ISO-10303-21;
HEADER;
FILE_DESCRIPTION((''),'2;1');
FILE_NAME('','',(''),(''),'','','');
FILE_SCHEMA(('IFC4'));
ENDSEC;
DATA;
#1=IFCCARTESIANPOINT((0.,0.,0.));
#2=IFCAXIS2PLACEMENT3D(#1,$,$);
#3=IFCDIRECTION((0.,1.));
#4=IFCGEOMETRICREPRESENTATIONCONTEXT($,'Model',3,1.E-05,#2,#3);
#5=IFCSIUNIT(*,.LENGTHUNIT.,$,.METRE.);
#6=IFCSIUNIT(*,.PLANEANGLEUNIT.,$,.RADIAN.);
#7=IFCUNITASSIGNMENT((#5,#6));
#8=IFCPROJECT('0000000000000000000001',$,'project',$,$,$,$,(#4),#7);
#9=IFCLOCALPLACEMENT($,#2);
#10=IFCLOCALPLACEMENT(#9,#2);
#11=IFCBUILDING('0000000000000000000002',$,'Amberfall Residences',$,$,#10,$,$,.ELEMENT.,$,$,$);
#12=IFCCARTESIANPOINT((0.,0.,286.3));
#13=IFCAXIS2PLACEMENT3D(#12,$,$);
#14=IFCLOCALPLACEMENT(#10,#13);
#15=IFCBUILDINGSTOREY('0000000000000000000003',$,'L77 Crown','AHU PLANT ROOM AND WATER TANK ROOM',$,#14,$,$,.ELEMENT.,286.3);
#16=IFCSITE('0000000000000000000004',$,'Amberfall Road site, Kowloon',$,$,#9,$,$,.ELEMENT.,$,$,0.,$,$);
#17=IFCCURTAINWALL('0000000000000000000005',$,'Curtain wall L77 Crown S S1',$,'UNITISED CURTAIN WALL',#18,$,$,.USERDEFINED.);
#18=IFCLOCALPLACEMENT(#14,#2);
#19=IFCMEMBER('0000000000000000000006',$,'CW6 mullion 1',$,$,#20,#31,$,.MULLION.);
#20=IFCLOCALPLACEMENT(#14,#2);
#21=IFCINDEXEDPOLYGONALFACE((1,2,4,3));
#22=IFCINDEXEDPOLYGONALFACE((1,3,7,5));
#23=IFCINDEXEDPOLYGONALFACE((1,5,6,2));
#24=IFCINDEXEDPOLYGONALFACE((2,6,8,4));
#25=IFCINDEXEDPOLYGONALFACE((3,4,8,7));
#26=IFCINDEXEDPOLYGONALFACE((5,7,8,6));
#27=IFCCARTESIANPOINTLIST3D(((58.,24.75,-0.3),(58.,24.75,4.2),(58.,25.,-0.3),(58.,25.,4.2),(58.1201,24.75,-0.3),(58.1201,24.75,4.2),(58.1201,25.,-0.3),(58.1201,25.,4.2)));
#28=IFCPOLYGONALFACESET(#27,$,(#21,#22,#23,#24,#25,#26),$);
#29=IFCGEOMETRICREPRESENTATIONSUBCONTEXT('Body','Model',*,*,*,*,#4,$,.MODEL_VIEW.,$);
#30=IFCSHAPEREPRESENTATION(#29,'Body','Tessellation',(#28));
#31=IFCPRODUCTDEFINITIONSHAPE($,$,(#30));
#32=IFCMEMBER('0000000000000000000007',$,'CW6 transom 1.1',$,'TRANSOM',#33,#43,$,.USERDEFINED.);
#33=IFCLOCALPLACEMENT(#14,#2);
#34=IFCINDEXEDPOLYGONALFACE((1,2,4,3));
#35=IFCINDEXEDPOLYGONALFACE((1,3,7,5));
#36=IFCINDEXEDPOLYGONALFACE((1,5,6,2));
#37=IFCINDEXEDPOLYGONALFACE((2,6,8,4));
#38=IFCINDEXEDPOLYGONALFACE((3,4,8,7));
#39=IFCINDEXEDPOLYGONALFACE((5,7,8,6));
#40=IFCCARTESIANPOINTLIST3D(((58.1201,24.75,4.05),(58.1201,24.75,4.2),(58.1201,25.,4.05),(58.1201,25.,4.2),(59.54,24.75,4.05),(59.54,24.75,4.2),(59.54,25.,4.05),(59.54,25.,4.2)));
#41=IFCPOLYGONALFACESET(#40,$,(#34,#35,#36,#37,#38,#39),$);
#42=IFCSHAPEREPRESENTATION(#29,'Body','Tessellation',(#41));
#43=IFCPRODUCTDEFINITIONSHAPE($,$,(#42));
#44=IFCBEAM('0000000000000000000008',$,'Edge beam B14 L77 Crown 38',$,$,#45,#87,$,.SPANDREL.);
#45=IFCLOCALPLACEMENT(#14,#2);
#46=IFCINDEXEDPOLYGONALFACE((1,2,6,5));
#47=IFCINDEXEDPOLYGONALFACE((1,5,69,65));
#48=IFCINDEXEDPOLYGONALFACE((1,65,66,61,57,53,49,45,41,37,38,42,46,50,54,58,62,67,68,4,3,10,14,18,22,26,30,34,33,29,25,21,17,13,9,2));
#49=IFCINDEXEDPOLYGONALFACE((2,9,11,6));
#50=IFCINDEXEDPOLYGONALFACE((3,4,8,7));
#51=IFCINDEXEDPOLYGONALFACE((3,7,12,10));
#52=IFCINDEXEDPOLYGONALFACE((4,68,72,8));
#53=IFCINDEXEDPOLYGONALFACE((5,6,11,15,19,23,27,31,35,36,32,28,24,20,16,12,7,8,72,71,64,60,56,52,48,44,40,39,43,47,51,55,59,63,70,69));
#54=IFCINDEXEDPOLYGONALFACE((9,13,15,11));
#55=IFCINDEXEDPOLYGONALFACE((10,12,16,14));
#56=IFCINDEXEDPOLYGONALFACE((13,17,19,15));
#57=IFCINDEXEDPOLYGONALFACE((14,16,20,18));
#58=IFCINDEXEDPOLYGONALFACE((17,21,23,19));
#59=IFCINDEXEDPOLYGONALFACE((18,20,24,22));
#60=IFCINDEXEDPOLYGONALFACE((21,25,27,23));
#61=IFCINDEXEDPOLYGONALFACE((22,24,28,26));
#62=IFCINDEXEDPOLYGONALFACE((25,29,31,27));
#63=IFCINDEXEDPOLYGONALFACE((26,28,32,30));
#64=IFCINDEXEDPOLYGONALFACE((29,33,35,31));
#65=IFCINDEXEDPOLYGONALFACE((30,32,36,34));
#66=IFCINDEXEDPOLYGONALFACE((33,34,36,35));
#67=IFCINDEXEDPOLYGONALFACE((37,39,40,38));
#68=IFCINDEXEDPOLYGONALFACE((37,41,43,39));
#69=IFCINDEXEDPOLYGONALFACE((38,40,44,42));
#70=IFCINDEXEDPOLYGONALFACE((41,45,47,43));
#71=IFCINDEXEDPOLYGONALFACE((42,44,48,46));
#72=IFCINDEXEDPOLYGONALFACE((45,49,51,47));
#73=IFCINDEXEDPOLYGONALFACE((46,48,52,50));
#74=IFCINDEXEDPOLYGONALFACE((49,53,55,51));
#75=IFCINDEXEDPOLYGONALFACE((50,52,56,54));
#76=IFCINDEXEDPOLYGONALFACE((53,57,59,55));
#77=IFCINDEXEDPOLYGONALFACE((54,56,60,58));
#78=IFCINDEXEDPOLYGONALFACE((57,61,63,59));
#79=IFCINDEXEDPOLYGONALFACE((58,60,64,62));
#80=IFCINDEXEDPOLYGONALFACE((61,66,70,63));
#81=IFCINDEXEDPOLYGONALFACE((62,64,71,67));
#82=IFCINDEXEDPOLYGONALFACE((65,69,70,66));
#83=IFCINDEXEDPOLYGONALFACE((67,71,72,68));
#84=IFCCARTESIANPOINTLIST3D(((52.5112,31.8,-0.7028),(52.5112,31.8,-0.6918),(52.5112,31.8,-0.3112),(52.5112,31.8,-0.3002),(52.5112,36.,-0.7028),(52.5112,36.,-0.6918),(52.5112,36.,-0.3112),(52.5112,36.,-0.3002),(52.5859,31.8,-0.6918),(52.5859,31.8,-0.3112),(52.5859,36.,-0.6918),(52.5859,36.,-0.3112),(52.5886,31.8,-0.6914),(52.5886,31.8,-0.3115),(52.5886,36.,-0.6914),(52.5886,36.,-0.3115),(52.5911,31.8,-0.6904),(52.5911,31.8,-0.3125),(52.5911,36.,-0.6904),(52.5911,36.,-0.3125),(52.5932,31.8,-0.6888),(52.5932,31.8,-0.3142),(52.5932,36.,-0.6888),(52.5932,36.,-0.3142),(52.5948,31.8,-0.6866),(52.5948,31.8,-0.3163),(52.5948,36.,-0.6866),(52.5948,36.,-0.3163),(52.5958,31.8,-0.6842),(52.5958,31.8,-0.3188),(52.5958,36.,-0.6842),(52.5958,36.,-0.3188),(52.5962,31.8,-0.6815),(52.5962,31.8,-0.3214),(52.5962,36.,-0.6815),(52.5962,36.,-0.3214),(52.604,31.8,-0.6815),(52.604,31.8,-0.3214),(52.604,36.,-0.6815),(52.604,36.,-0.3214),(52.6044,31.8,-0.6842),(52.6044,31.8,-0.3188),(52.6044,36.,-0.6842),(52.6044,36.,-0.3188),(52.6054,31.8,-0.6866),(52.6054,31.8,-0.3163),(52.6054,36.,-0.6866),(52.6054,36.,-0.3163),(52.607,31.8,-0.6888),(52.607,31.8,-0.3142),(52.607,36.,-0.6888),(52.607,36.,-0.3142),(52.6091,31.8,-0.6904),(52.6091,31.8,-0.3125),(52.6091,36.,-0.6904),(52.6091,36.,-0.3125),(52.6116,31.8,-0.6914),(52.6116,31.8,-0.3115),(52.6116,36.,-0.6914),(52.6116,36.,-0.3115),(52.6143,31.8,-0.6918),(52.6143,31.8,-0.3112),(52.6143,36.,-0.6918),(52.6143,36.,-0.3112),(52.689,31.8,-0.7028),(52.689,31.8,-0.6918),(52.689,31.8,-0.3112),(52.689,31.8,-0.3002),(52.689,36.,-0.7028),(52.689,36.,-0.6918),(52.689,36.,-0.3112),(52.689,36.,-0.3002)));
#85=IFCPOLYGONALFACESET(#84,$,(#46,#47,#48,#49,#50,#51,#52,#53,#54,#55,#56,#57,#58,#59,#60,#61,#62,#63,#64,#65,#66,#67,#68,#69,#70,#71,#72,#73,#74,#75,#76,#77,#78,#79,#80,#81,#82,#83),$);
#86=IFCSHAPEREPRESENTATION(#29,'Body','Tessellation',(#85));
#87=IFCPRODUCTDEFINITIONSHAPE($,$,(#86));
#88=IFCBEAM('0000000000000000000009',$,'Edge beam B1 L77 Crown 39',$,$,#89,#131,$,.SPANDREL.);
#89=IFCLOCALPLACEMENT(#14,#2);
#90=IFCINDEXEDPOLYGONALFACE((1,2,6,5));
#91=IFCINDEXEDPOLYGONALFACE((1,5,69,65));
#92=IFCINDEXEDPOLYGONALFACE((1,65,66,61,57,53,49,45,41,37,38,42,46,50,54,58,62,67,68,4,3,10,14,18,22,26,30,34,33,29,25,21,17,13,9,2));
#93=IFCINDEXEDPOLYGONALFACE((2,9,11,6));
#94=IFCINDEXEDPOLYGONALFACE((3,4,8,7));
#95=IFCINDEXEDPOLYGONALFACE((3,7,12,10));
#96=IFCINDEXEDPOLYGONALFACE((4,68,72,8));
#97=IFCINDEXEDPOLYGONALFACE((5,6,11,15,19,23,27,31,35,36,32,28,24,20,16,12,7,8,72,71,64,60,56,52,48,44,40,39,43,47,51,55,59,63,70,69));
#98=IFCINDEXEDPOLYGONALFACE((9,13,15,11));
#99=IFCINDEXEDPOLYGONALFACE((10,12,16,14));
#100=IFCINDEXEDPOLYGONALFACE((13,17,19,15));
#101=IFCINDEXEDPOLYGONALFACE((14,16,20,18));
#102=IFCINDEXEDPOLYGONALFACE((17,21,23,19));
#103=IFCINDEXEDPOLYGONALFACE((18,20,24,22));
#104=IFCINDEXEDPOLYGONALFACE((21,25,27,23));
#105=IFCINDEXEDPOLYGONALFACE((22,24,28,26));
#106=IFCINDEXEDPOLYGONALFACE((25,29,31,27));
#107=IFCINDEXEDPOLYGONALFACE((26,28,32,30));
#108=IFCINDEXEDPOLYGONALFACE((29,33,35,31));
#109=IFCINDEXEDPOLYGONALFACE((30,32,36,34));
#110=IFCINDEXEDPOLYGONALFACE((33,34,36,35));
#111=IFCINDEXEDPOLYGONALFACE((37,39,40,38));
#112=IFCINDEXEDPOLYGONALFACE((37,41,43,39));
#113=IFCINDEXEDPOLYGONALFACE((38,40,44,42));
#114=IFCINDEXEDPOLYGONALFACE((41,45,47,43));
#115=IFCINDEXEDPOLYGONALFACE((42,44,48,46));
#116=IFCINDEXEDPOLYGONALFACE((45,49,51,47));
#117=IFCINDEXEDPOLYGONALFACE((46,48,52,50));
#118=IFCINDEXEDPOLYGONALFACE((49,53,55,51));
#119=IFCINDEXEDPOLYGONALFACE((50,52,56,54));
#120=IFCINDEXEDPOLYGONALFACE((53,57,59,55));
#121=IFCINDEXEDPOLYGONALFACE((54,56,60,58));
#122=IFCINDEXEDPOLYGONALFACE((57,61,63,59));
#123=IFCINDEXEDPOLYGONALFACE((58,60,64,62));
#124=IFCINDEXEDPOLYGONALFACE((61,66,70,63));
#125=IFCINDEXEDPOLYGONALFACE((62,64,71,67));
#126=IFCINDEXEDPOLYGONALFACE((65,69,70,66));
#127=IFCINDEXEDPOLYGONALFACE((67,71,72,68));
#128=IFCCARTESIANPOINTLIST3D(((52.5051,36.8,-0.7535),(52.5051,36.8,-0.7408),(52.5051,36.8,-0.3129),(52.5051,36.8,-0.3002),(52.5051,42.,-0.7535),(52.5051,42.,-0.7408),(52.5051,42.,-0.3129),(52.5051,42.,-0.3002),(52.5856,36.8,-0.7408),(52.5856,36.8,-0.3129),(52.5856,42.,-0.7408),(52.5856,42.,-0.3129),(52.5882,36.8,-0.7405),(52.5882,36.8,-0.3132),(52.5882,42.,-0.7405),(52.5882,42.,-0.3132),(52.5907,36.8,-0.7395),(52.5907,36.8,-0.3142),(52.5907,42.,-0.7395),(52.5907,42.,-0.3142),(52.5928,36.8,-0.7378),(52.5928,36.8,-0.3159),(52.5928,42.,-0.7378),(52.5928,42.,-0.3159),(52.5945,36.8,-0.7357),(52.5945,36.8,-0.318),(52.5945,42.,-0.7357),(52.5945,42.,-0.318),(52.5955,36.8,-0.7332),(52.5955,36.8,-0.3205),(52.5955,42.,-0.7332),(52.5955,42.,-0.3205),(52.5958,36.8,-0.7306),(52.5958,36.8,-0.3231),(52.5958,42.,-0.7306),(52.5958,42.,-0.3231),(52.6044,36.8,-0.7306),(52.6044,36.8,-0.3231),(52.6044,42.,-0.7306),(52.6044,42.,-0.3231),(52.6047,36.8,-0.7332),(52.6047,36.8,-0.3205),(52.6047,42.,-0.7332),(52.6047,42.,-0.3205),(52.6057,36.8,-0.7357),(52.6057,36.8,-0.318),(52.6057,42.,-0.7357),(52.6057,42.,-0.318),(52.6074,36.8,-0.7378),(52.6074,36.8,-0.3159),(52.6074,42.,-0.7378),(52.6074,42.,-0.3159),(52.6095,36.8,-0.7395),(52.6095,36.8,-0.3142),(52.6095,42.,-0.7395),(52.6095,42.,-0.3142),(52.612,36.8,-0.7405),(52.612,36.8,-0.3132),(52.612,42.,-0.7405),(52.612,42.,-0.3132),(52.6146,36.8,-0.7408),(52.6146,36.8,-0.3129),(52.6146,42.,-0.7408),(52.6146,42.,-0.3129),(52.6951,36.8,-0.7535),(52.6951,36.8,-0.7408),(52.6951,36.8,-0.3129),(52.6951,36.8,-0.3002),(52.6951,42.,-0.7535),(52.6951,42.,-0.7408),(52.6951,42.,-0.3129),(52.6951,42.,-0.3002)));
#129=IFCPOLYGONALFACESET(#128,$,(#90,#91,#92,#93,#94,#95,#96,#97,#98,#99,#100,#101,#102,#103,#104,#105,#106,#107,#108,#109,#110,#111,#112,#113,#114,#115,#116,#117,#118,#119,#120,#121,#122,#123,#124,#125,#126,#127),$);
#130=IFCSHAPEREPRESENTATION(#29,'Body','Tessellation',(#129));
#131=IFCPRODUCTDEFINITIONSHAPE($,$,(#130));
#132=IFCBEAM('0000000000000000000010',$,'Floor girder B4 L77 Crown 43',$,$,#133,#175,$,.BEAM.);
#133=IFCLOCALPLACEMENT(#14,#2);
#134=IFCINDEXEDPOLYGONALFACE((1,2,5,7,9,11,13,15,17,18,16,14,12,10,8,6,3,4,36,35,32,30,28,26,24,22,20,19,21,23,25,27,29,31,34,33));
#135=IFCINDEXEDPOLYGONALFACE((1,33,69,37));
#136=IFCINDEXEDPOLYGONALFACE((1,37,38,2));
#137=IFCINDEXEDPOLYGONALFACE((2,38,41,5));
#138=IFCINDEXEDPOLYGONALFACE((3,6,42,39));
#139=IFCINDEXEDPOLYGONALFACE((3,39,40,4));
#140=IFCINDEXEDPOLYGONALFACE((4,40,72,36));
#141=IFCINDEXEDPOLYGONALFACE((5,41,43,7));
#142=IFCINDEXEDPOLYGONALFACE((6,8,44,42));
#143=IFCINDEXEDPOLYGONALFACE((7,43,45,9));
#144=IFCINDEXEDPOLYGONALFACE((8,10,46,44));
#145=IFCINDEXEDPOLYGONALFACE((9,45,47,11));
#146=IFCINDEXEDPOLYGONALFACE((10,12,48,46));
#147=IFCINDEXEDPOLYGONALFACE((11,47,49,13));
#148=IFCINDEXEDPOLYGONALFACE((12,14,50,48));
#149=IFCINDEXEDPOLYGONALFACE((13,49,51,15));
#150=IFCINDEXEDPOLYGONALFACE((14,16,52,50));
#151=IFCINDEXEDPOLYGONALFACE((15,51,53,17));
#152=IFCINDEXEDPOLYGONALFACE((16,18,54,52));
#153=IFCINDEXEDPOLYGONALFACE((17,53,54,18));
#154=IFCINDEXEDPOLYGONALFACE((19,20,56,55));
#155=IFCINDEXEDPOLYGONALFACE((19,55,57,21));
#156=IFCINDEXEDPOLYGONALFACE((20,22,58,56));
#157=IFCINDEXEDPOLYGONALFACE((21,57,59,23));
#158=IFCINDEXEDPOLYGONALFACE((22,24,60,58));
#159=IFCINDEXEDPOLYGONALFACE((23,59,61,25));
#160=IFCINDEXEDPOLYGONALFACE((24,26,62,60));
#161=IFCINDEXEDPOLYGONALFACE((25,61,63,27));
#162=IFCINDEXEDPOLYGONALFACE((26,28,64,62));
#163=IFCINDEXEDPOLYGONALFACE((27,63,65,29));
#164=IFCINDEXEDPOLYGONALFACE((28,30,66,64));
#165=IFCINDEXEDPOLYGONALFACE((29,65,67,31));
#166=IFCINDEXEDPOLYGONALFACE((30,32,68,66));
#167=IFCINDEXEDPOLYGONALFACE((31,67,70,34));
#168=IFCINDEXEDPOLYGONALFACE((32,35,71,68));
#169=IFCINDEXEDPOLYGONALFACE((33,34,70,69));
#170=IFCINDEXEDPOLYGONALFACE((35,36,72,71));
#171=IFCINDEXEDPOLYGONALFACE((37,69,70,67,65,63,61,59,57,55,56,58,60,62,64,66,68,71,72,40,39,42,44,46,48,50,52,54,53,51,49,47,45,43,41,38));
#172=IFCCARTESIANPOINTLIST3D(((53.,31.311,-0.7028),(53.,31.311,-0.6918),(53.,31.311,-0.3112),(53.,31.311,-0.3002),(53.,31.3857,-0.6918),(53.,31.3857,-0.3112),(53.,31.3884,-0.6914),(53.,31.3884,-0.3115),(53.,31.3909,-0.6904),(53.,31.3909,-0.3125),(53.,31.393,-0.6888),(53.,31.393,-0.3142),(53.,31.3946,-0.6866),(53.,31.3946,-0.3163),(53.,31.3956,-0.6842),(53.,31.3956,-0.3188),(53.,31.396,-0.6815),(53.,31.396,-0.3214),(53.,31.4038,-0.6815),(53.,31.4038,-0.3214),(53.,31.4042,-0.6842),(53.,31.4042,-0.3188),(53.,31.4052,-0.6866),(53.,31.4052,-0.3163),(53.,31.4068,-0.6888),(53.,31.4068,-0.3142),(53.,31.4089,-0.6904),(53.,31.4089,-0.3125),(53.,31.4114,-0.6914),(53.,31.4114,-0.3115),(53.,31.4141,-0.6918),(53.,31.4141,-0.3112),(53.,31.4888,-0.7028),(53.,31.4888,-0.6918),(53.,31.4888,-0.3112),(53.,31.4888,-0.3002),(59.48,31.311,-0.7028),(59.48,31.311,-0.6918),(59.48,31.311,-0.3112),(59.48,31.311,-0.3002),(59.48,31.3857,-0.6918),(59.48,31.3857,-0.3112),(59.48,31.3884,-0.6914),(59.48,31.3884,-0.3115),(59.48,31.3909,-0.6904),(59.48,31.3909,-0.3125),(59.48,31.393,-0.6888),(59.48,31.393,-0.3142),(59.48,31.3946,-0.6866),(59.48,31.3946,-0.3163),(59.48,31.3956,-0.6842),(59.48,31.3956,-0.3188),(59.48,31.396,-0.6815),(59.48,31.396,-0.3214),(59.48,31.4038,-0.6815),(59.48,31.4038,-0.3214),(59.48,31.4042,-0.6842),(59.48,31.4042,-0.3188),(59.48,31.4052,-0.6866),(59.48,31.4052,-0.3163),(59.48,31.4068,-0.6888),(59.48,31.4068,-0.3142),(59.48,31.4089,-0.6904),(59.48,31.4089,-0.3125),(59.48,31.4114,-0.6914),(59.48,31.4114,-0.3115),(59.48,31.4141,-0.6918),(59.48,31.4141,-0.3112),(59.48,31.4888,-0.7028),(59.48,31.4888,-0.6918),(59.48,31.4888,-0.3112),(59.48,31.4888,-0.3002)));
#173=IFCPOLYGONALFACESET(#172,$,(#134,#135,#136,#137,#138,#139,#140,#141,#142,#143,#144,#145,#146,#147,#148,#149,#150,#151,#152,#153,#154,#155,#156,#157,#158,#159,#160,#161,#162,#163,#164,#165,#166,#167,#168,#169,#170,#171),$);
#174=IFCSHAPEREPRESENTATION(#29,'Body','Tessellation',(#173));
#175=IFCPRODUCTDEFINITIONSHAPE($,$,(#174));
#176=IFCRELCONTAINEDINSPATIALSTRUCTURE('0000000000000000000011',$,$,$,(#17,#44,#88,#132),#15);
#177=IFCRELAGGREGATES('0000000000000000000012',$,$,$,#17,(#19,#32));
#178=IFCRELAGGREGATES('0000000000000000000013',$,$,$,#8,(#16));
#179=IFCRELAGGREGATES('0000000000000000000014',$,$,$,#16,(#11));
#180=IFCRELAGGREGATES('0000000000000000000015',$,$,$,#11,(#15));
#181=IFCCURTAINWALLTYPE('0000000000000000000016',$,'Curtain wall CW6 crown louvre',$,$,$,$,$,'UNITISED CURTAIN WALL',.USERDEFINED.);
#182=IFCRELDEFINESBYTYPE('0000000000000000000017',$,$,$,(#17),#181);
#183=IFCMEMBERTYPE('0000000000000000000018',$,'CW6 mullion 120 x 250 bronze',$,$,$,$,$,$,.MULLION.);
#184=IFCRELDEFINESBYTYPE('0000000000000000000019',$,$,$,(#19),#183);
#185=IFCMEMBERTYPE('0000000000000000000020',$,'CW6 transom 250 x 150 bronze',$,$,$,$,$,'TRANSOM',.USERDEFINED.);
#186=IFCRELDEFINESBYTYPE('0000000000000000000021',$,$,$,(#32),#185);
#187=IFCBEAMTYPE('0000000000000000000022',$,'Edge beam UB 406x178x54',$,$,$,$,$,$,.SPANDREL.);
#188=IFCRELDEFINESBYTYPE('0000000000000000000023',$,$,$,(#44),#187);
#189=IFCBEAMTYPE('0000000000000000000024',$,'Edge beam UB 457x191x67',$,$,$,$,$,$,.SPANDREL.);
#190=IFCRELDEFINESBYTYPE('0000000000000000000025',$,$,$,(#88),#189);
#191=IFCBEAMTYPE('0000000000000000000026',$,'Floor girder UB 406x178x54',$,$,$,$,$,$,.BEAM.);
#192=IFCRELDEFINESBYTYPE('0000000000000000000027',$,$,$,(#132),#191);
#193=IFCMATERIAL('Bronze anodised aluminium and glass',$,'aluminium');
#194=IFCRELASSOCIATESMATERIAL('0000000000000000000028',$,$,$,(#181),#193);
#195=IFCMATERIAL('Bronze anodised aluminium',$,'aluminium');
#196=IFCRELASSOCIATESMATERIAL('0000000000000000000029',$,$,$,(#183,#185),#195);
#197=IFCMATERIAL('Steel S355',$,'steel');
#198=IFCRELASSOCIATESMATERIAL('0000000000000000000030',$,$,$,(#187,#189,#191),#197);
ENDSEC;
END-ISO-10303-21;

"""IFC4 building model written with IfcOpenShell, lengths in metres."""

from ifc_helpers import new_model, si_unit, direction, frame, origin, origin_2d, place, context, subcontext, project, spatial, rectangle, i_section, extrude, material, material_profile, profile_set, type_object, element, aggregate, save


model = new_model("IFC4")

# Units and contexts
model_context = context("Model", 3, precision=1e-05, world=origin(), true_north=direction((0.0, 1.0)))
body_context = subcontext(model_context, "Body", "Model", "MODEL_VIEW")
ifc_project = project(units=[si_unit("LENGTHUNIT", "METRE"), si_unit("PLANEANGLEUNIT", "RADIAN")], contexts=[model_context])

# Site, building, storey
site_placement = place(None, origin())
site = spatial("IfcSite", under=ifc_project, at=site_placement, Name="Amberfall Road site, Kowloon", CompositionType="ELEMENT", RefElevation=0.0)
building_placement = place(site_placement, origin())
building = spatial("IfcBuilding", under=site, at=building_placement, Name="Amberfall Residences", CompositionType="ELEMENT")
storey_placement = place(building_placement, frame((0.0, 0.0, 286.3)))
storey = spatial("IfcBuildingStorey", under=building, at=storey_placement, Name="L77 Crown", Description="AHU PLANT ROOM AND WATER TANK ROOM", CompositionType="ELEMENT", Elevation=286.3)

# Shared definitions
ifc_material_1 = material(Name="Steel S355", Category="steel")

# Curtain wall, members
ifc_material_2 = material(Name="Bronze anodised aluminium and glass", Category="aluminium")
curtain_wall_type = type_object("IfcCurtainWallType", Name="Curtain wall CW6 crown louvre", ElementType="UNITISED CURTAIN WALL", PredefinedType="USERDEFINED", material=ifc_material_2)
curtain_wall_placement = place(storey_placement, origin())
curtain_wall = element("IfcCurtainWall", 1, at=curtain_wall_placement, inside=storey, type_object=curtain_wall_type, Name="Curtain wall L77 Crown S S1", ObjectType="UNITISED CURTAIN WALL", PredefinedType="USERDEFINED")
ifc_material_3 = material(Name="Bronze anodised aluminium", Category="aluminium")
ifc_material_profile_1 = material_profile(ifc_material_3, rectangle(XDim=0.25, YDim=0.1201, at=origin_2d()), Name="CW6 mullion 120 x 250 bronze")
ifc_profile_set_1 = profile_set([ifc_material_profile_1], Name="Bronze anodised aluminium")
member_type_1 = type_object("IfcMemberType", Name="CW6 mullion 120 x 250 bronze", PredefinedType="MULLION", material=ifc_profile_set_1)
member_1_placement = place(storey_placement, frame((58.0601, 24.875, -0.3), z_axis=(0.0, 0.0, 1.0), x_axis=(0.0, 1.0, 0.0)))
member_1 = element("IfcMember", 2, at=member_1_placement, type_object=member_type_1, Name="CW6 mullion 1", PredefinedType="MULLION", context=body_context, shape_type="SweptSolid", body=[
    extrude(rectangle(XDim=0.25, YDim=0.1201, at=origin_2d()), origin(), (0.0, 0.0, 1.0), 4.5),
])
ifc_material_profile_2 = material_profile(ifc_material_3, rectangle(XDim=0.25, YDim=0.1499, at=origin_2d()), Name="CW6 transom 250 x 150 bronze")
ifc_profile_set_2 = profile_set([ifc_material_profile_2], Name="Bronze anodised aluminium")
member_type_2 = type_object("IfcMemberType", Name="CW6 transom 250 x 150 bronze", ElementType="TRANSOM", PredefinedType="USERDEFINED", material=ifc_profile_set_2)
member_2_placement = place(storey_placement, frame((58.1201, 24.875, 4.125), z_axis=(1.0, 0.0, 0.0), x_axis=(0.0, 1.0, 0.0)))
member_2 = element("IfcMember", 3, at=member_2_placement, type_object=member_type_2, Name="CW6 transom 1.1", ObjectType="TRANSOM", PredefinedType="USERDEFINED", context=body_context, shape_type="SweptSolid", body=[
    extrude(rectangle(XDim=0.25, YDim=0.1499, at=origin_2d()), origin(), (0.0, 0.0, 1.0), 1.4199),
])
aggregate(curtain_wall, [member_1, member_2])

# Beams
ifc_material_profile_3 = material_profile(ifc_material_1, i_section(OverallWidth=0.1777, OverallDepth=0.4026, WebThickness=0.0078, FlangeThickness=0.011, FilletRadius=0.0103, at=origin_2d()), Name="UB 406x178x54")
ifc_profile_set_3 = profile_set([ifc_material_profile_3], Name="Steel S355")
beam_type_1 = type_object("IfcBeamType", Name="Edge beam UB 406x178x54", PredefinedType="SPANDREL", material=ifc_profile_set_3)
beam_1_placement = place(storey_placement, frame((52.6001, 31.8, -0.5015), z_axis=(0.0, 1.0, 0.0), x_axis=(-1.0, 0.0, 0.0)))
element("IfcBeam", 4, at=beam_1_placement, inside=storey, type_object=beam_type_1, Name="Edge beam B14 L77 Crown 38", PredefinedType="SPANDREL", context=body_context, shape_type="SweptSolid", body=[
    extrude(i_section(OverallWidth=0.1777, OverallDepth=0.4026, WebThickness=0.0078, FlangeThickness=0.011, FilletRadius=0.0103, at=origin_2d()), origin(), (0.0, 0.0, 1.0), 4.2),
])
ifc_material_profile_4 = material_profile(ifc_material_1, i_section(OverallWidth=0.1899, OverallDepth=0.4534, WebThickness=0.0085, FlangeThickness=0.0127, FilletRadius=0.0103, at=origin_2d()), Name="UB 457x191x67")
ifc_profile_set_4 = profile_set([ifc_material_profile_4], Name="Steel S355")
beam_type_2 = type_object("IfcBeamType", Name="Edge beam UB 457x191x67", PredefinedType="SPANDREL", material=ifc_profile_set_4)
beam_2_placement = place(storey_placement, frame((52.6001, 36.8, -0.5269), z_axis=(0.0, 1.0, 0.0), x_axis=(-1.0, 0.0, 0.0)))
element("IfcBeam", 5, at=beam_2_placement, inside=storey, type_object=beam_type_2, Name="Edge beam B1 L77 Crown 39", PredefinedType="SPANDREL", context=body_context, shape_type="SweptSolid", body=[
    extrude(i_section(OverallWidth=0.1899, OverallDepth=0.4534, WebThickness=0.0085, FlangeThickness=0.0127, FilletRadius=0.0103, at=origin_2d()), origin(), (0.0, 0.0, 1.0), 5.2),
])
ifc_material_profile_5 = material_profile(ifc_material_1, i_section(OverallWidth=0.1777, OverallDepth=0.4026, WebThickness=0.0078, FlangeThickness=0.011, FilletRadius=0.0103, at=origin_2d()), Name="UB 406x178x54")
ifc_profile_set_5 = profile_set([ifc_material_profile_5], Name="Steel S355")
beam_type_3 = type_object("IfcBeamType", Name="Floor girder UB 406x178x54", PredefinedType="BEAM", material=ifc_profile_set_5)
beam_3_placement = place(storey_placement, frame((53.0, 31.3999, -0.5015), z_axis=(1.0, 0.0, 0.0), x_axis=(0.0, 1.0, 0.0)))
element("IfcBeam", 6, at=beam_3_placement, inside=storey, type_object=beam_type_3, Name="Floor girder B4 L77 Crown 43", PredefinedType="BEAM", context=body_context, shape_type="SweptSolid", body=[
    extrude(i_section(OverallWidth=0.1777, OverallDepth=0.4026, WebThickness=0.0078, FlangeThickness=0.011, FilletRadius=0.0103, at=origin_2d()), origin(), (0.0, 0.0, 1.0), 6.48),
])

save(model, "model.ifc")
